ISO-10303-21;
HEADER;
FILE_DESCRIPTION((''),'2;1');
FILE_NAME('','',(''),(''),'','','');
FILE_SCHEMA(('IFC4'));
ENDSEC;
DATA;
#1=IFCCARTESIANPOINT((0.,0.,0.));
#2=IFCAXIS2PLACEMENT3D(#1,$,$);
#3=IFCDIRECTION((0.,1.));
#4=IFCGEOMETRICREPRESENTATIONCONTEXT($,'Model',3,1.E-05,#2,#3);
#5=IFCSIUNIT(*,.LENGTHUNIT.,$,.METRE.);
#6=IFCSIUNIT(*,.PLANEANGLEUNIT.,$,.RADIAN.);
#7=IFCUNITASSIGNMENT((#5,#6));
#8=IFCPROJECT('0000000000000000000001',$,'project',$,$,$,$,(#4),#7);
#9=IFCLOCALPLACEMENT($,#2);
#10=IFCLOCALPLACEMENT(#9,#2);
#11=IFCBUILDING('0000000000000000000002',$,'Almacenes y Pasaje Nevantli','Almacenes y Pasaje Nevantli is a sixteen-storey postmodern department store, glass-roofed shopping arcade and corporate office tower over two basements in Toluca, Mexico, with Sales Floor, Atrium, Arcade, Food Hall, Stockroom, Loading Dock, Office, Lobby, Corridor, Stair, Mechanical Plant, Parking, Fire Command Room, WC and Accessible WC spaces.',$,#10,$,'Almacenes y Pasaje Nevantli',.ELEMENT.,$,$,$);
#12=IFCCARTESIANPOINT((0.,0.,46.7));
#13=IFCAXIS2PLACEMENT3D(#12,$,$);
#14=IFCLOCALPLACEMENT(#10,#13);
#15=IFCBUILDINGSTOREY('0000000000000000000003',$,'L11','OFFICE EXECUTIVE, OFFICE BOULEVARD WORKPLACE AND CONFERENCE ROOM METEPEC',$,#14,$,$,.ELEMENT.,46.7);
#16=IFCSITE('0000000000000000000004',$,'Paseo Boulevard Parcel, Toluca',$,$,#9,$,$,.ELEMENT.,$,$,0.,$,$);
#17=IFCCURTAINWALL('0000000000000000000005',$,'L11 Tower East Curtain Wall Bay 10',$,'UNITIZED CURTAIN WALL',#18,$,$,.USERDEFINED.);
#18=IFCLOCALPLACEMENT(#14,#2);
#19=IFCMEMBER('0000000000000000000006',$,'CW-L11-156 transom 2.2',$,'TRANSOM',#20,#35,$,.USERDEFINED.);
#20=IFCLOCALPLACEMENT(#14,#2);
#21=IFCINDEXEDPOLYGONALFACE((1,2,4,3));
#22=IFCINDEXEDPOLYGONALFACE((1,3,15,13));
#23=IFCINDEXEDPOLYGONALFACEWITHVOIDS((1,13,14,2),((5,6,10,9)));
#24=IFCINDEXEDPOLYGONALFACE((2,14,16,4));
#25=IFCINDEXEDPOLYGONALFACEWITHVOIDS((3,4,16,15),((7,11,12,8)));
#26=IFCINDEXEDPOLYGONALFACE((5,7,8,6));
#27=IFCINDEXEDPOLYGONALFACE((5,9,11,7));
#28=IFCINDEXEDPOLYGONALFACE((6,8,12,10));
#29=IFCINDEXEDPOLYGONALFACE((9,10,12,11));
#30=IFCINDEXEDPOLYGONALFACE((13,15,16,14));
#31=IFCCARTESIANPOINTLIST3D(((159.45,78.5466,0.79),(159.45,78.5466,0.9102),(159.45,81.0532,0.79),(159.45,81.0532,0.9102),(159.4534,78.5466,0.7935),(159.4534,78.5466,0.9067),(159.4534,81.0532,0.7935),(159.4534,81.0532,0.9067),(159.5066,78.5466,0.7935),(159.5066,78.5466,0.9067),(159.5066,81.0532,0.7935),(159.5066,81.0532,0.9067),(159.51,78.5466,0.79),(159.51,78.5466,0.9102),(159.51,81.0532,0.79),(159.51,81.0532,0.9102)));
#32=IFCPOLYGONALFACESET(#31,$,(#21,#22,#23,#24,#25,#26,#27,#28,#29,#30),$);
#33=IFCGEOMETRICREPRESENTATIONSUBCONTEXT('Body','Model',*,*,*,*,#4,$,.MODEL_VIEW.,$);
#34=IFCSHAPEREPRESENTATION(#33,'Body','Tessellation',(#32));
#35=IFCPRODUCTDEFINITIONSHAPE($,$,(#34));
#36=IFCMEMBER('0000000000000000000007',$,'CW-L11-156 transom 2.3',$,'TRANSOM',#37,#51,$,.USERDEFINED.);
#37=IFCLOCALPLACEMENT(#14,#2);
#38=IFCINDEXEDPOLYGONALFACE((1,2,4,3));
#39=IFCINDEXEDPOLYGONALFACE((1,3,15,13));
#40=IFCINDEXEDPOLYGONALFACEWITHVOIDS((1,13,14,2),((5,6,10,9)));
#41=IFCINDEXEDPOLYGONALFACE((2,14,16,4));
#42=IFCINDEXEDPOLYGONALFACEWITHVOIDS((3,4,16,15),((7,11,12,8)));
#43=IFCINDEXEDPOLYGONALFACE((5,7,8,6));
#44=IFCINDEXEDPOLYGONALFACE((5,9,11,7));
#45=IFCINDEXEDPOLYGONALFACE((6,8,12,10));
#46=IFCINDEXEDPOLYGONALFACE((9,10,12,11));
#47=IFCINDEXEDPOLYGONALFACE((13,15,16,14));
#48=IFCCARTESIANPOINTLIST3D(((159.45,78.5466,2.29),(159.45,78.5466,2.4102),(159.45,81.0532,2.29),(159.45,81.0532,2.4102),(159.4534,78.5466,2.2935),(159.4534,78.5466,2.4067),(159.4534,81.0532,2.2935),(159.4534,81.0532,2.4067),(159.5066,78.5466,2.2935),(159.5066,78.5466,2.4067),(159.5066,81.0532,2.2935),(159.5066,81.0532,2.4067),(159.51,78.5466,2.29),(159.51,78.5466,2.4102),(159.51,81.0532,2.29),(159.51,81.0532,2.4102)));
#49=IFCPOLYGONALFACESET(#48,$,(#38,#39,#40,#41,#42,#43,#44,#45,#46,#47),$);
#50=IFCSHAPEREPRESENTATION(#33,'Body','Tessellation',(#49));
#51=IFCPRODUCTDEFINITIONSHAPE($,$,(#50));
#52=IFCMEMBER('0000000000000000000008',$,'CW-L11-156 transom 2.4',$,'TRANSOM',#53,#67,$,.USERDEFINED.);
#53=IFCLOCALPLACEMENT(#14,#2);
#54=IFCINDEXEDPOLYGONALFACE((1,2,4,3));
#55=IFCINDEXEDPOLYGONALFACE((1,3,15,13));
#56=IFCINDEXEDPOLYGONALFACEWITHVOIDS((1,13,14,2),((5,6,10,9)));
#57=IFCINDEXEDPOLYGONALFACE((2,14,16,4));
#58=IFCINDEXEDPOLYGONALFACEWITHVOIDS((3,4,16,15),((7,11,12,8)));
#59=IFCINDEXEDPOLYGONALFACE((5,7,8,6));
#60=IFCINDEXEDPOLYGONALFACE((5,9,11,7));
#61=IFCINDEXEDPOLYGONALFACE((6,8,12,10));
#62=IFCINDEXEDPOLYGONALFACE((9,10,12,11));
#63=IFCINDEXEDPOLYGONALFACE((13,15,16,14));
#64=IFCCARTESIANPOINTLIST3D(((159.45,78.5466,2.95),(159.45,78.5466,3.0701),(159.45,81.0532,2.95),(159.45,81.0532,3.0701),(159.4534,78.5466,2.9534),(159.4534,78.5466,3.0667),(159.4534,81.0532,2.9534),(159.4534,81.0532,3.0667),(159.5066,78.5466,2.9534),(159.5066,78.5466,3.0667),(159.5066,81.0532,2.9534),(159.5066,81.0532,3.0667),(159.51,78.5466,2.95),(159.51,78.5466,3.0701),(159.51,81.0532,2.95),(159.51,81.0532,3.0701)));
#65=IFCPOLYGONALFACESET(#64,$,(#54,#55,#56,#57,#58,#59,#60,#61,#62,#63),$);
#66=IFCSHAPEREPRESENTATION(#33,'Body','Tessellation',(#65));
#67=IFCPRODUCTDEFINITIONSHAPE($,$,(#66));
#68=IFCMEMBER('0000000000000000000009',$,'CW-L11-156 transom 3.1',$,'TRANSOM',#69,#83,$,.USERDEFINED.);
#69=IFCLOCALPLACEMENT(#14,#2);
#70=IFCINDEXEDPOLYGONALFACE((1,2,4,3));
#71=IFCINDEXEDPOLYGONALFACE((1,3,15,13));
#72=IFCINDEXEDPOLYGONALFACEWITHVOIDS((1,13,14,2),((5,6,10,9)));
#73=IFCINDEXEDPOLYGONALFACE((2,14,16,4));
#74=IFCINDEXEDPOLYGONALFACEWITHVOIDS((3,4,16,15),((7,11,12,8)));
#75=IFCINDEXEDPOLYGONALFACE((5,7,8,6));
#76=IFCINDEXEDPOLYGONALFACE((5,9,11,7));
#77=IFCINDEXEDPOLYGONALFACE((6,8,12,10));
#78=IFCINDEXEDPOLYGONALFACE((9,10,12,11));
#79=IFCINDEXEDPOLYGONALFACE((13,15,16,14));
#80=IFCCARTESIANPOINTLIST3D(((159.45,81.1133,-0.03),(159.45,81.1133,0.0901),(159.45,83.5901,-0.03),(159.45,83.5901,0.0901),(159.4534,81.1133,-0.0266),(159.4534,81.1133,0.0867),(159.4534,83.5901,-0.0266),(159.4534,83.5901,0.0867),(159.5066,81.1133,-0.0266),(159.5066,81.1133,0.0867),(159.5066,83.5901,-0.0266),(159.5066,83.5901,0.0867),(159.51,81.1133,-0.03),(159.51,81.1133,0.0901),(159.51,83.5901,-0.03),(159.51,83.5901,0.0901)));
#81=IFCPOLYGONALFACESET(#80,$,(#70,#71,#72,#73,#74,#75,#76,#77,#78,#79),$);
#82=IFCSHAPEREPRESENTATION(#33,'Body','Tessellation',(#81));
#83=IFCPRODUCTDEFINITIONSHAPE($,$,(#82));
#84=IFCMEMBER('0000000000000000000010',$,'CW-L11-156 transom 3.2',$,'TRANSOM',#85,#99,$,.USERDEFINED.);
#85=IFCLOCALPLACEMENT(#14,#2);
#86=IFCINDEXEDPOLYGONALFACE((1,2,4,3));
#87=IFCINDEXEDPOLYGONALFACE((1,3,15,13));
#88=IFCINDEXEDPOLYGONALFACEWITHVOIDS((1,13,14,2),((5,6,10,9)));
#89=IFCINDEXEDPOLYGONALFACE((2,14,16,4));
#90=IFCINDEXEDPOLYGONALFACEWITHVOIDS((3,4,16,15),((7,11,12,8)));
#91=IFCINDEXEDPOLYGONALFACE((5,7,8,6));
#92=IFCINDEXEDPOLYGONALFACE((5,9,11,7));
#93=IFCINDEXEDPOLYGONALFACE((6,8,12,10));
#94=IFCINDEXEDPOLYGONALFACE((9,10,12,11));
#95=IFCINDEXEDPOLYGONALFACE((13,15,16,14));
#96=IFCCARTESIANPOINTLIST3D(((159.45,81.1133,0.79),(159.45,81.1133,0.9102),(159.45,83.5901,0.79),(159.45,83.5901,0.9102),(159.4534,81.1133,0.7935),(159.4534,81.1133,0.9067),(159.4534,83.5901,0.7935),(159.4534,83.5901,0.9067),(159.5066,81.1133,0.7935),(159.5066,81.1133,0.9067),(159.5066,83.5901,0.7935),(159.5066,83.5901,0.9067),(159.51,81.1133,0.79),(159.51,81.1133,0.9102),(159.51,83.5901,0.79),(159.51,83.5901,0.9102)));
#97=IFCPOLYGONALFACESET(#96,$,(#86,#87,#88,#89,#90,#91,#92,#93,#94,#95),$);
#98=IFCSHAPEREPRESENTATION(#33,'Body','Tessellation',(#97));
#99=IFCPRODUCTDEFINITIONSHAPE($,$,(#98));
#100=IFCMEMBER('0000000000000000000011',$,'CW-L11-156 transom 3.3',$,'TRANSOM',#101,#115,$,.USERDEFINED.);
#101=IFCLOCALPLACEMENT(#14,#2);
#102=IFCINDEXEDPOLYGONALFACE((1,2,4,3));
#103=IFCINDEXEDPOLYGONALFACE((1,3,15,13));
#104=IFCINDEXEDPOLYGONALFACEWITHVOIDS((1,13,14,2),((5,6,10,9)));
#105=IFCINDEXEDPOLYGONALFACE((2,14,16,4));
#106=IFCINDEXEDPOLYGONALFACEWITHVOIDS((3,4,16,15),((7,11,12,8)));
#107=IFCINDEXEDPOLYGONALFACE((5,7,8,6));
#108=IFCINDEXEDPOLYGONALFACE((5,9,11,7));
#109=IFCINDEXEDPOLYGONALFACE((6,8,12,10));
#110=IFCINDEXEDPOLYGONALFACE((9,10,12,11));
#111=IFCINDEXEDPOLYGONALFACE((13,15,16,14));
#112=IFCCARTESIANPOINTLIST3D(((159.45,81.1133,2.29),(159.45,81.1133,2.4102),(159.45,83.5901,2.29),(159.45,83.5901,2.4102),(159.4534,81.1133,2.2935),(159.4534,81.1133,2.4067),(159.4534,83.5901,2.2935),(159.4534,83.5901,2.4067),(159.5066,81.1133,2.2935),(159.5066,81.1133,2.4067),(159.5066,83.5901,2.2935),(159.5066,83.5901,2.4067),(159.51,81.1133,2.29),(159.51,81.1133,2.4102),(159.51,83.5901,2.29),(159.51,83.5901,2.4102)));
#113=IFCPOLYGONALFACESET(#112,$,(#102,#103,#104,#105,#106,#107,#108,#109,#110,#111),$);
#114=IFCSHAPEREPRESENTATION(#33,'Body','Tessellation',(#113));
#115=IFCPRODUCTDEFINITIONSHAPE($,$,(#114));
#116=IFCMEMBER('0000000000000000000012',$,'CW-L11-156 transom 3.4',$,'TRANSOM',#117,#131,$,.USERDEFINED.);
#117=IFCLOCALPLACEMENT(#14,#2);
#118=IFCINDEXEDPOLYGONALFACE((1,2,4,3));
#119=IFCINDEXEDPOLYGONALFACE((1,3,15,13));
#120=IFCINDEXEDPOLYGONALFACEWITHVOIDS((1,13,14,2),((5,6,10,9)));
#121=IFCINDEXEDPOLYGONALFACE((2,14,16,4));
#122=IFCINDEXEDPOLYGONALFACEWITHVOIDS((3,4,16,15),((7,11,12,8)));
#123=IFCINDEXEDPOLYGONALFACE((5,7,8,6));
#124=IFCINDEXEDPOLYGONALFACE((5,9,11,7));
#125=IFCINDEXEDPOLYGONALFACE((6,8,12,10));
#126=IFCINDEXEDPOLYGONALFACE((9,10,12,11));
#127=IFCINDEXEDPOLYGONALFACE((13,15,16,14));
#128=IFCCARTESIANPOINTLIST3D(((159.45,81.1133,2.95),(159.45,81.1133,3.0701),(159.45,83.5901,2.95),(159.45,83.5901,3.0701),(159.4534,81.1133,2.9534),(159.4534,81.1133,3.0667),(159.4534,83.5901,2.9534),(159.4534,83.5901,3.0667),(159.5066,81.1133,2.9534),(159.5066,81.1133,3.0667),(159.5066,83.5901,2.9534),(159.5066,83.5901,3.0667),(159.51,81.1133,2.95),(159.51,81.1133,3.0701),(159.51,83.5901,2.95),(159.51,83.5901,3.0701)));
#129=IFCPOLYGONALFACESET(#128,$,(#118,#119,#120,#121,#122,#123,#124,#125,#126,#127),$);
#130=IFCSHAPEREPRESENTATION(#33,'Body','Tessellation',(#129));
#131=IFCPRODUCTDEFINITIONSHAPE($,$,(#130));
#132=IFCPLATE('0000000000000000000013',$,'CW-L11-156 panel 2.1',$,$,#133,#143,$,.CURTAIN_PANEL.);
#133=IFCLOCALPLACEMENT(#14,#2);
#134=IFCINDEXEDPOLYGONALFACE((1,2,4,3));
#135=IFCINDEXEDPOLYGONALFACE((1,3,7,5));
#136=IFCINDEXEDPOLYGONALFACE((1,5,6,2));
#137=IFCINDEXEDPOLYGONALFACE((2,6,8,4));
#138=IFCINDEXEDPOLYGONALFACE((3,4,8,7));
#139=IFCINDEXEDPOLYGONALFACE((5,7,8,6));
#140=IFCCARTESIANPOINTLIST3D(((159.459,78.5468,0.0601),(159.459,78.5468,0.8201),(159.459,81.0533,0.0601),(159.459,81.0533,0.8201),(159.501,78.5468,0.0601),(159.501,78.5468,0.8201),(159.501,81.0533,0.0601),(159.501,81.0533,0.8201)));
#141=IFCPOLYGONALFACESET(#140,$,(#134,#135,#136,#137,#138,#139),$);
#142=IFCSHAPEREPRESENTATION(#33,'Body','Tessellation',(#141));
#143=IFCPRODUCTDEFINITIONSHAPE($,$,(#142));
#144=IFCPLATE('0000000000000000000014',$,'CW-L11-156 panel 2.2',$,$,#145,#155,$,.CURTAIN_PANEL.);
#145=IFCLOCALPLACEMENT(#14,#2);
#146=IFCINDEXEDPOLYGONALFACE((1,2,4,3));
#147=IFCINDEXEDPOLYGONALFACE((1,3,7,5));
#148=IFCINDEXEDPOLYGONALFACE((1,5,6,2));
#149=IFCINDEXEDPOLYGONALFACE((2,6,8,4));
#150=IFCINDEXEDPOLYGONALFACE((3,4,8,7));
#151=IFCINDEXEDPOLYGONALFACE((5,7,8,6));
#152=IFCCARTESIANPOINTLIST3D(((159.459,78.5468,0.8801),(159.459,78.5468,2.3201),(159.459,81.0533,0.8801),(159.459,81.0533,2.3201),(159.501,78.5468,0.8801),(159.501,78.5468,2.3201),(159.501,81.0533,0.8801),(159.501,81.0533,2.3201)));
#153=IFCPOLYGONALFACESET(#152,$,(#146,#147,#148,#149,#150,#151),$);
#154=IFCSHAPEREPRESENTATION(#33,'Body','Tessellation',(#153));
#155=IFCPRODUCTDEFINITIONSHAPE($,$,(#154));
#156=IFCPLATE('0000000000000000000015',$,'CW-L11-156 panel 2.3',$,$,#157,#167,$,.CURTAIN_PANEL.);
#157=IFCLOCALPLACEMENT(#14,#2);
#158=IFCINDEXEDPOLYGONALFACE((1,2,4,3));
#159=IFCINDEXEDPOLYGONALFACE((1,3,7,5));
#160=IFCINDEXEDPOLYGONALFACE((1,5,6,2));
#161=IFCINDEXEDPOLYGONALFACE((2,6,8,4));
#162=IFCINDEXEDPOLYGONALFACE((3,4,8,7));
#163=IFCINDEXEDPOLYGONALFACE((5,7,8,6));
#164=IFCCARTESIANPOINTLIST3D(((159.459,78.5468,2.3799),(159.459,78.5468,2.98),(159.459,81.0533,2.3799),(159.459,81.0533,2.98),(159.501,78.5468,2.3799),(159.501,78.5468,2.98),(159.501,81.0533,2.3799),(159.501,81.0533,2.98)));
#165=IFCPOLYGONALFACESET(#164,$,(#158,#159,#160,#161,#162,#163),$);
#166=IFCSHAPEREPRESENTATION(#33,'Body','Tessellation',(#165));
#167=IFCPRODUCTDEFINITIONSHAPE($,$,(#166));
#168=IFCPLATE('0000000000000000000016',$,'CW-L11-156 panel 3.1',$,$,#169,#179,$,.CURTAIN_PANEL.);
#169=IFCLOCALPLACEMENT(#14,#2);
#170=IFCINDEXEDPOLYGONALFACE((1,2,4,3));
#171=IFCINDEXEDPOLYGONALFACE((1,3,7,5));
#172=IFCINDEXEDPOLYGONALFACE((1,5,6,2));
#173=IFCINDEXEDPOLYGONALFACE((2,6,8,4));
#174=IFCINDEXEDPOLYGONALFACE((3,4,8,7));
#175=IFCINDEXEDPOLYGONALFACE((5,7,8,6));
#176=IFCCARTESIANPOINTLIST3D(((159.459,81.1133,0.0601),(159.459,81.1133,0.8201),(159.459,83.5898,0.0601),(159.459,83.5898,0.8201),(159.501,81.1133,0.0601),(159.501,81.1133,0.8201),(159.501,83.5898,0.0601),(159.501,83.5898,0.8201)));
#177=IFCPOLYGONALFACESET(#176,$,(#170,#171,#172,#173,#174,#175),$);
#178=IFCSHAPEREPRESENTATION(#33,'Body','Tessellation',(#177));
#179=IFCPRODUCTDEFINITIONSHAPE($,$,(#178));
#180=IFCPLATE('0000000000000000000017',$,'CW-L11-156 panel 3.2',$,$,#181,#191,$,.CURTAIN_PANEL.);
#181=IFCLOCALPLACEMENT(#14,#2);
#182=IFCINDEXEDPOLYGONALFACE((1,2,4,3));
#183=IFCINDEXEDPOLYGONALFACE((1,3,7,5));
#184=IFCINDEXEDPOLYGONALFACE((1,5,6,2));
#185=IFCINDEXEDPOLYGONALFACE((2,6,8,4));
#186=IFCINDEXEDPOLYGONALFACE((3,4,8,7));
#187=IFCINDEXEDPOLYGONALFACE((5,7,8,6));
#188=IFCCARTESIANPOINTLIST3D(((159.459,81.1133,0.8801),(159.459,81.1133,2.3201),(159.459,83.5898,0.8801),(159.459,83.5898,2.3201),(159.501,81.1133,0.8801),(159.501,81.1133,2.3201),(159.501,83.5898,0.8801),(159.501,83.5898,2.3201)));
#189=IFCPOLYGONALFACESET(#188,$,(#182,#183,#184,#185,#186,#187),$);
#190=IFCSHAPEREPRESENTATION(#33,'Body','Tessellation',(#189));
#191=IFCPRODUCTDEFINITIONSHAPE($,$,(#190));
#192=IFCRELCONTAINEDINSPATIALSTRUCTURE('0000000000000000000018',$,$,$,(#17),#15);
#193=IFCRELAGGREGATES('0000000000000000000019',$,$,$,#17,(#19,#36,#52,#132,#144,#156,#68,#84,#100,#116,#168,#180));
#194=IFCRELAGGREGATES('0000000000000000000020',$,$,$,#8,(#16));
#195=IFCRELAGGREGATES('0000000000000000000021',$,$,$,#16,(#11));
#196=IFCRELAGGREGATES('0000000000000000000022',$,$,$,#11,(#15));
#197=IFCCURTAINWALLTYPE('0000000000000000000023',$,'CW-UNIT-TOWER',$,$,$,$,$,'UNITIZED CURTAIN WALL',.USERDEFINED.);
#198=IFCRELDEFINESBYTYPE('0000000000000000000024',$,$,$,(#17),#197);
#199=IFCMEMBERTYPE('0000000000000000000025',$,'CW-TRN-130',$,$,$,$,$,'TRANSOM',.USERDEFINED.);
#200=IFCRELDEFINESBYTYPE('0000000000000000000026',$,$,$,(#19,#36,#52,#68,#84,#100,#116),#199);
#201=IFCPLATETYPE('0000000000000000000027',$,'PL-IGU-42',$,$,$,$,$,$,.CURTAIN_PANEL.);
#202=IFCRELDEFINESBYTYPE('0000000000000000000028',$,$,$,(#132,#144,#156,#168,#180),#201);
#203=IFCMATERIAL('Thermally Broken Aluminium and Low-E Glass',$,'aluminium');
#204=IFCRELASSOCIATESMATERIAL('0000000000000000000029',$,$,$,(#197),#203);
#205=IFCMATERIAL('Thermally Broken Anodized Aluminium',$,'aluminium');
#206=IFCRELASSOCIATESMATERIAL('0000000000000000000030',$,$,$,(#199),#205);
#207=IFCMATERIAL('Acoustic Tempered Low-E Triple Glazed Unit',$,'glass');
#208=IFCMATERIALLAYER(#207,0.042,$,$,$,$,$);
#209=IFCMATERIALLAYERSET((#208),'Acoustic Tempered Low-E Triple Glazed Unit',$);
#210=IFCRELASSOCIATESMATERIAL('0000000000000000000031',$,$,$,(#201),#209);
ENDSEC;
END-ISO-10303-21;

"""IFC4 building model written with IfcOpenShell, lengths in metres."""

from ifc_helpers import new_model, si_unit, direction, frame, origin, origin_2d, place, context, subcontext, project, spatial, rectangle, hollow_rectangle, extrude, material, layer, layer_set, material_profile, profile_set, type_object, element, aggregate, save


model = new_model("IFC4")

# Units and contexts
model_context = context("Model", 3, precision=1e-05, world=origin(), true_north=direction((0.0, 1.0)))
body_context = subcontext(model_context, "Body", "Model", "MODEL_VIEW")
ifc_project = project(units=[si_unit("LENGTHUNIT", "METRE"), si_unit("PLANEANGLEUNIT", "RADIAN")], contexts=[model_context])

# Site, building, storey
site_placement = place(None, origin())
site = spatial("IfcSite", under=ifc_project, at=site_placement, Name="Paseo Boulevard Parcel, Toluca", CompositionType="ELEMENT", RefElevation=0.0)
building_placement = place(site_placement, origin())
building = spatial("IfcBuilding", under=site, at=building_placement, Name="Almacenes y Pasaje Nevantli", Description="Almacenes y Pasaje Nevantli is a sixteen-storey postmodern department store, glass-roofed shopping arcade and corporate office tower over two basements in Toluca, Mexico, with Sales Floor, Atrium, Arcade, Food Hall, Stockroom, Loading Dock, Office, Lobby, Corridor, Stair, Mechanical Plant, Parking, Fire Command Room, WC and Accessible WC spaces.", LongName="Almacenes y Pasaje Nevantli", CompositionType="ELEMENT")
storey_placement = place(building_placement, frame((0.0, 0.0, 46.7)))
storey = spatial("IfcBuildingStorey", under=building, at=storey_placement, Name="L11", Description="OFFICE EXECUTIVE, OFFICE BOULEVARD WORKPLACE AND CONFERENCE ROOM METEPEC", CompositionType="ELEMENT", Elevation=46.7)

# Curtain wall, members, plates
ifc_material_1 = material(Name="Thermally Broken Aluminium and Low-E Glass", Category="aluminium")
curtain_wall_type = type_object("IfcCurtainWallType", Name="CW-UNIT-TOWER", ElementType="UNITIZED CURTAIN WALL", PredefinedType="USERDEFINED", material=ifc_material_1)
curtain_wall_placement = place(storey_placement, origin())
curtain_wall = element("IfcCurtainWall", 1, at=curtain_wall_placement, inside=storey, type_object=curtain_wall_type, Name="L11 Tower East Curtain Wall Bay 10", ObjectType="UNITIZED CURTAIN WALL", PredefinedType="USERDEFINED")
ifc_material_2 = material(Name="Thermally Broken Anodized Aluminium", Category="aluminium")
ifc_material_profile_1 = material_profile(ifc_material_2, hollow_rectangle(XDim=0.0601, YDim=0.1201, WallThickness=0.0034, at=origin_2d()), Name="ALU-TRN-60x120")
ifc_profile_set_1 = profile_set([ifc_material_profile_1], Name="Thermally Broken Anodized Aluminium")
member_type_1 = type_object("IfcMemberType", Name="CW-TRN-130", ElementType="TRANSOM", PredefinedType="USERDEFINED", material=ifc_profile_set_1)
member_1_placement = place(storey_placement, frame((159.48, 78.5466, 0.8501), z_axis=(0.0, 1.0, 0.0), x_axis=(-1.0, 0.0, 0.0)))
member_1 = element("IfcMember", 2, at=member_1_placement, type_object=member_type_1, Name="CW-L11-156 transom 2.2", ObjectType="TRANSOM", PredefinedType="USERDEFINED", context=body_context, shape_type="SweptSolid", body=[
    extrude(hollow_rectangle(XDim=0.0601, YDim=0.1201, WallThickness=0.0034, at=origin_2d()), origin(), (0.0, 0.0, 1.0), 2.5066),
])
member_2_placement = place(storey_placement, frame((159.48, 78.5466, 2.3501), z_axis=(0.0, 1.0, 0.0), x_axis=(-1.0, 0.0, 0.0)))
member_2 = element("IfcMember", 3, at=member_2_placement, type_object=member_type_1, Name="CW-L11-156 transom 2.3", ObjectType="TRANSOM", PredefinedType="USERDEFINED", context=body_context, shape_type="SweptSolid", body=[
    extrude(hollow_rectangle(XDim=0.0601, YDim=0.1201, WallThickness=0.0034, at=origin_2d()), origin(), (0.0, 0.0, 1.0), 2.5066),
])
member_3_placement = place(storey_placement, frame((159.48, 78.5466, 3.01), z_axis=(0.0, 1.0, 0.0), x_axis=(-1.0, 0.0, 0.0)))
member_3 = element("IfcMember", 4, at=member_3_placement, type_object=member_type_1, Name="CW-L11-156 transom 2.4", ObjectType="TRANSOM", PredefinedType="USERDEFINED", context=body_context, shape_type="SweptSolid", body=[
    extrude(hollow_rectangle(XDim=0.0601, YDim=0.1201, WallThickness=0.0034, at=origin_2d()), origin(), (0.0, 0.0, 1.0), 2.5066),
])
member_4_placement = place(storey_placement, frame((159.48, 81.1133, 0.03), z_axis=(0.0, 1.0, 0.0), x_axis=(-1.0, 0.0, 0.0)))
member_4 = element("IfcMember", 5, at=member_4_placement, type_object=member_type_1, Name="CW-L11-156 transom 3.1", ObjectType="TRANSOM", PredefinedType="USERDEFINED", context=body_context, shape_type="SweptSolid", body=[
    extrude(hollow_rectangle(XDim=0.0601, YDim=0.1201, WallThickness=0.0034, at=origin_2d()), origin(), (0.0, 0.0, 1.0), 2.4768),
])
member_5_placement = place(storey_placement, frame((159.48, 81.1133, 0.8501), z_axis=(0.0, 1.0, 0.0), x_axis=(-1.0, 0.0, 0.0)))
member_5 = element("IfcMember", 6, at=member_5_placement, type_object=member_type_1, Name="CW-L11-156 transom 3.2", ObjectType="TRANSOM", PredefinedType="USERDEFINED", context=body_context, shape_type="SweptSolid", body=[
    extrude(hollow_rectangle(XDim=0.0601, YDim=0.1201, WallThickness=0.0034, at=origin_2d()), origin(), (0.0, 0.0, 1.0), 2.4768),
])
member_6_placement = place(storey_placement, frame((159.48, 81.1133, 2.3501), z_axis=(0.0, 1.0, 0.0), x_axis=(-1.0, 0.0, 0.0)))
member_6 = element("IfcMember", 7, at=member_6_placement, type_object=member_type_1, Name="CW-L11-156 transom 3.3", ObjectType="TRANSOM", PredefinedType="USERDEFINED", context=body_context, shape_type="SweptSolid", body=[
    extrude(hollow_rectangle(XDim=0.0601, YDim=0.1201, WallThickness=0.0034, at=origin_2d()), origin(), (0.0, 0.0, 1.0), 2.4768),
])
member_7_placement = place(storey_placement, frame((159.48, 81.1133, 3.01), z_axis=(0.0, 1.0, 0.0), x_axis=(-1.0, 0.0, 0.0)))
member_7 = element("IfcMember", 8, at=member_7_placement, type_object=member_type_1, Name="CW-L11-156 transom 3.4", ObjectType="TRANSOM", PredefinedType="USERDEFINED", context=body_context, shape_type="SweptSolid", body=[
    extrude(hollow_rectangle(XDim=0.0601, YDim=0.1201, WallThickness=0.0034, at=origin_2d()), origin(), (0.0, 0.0, 1.0), 2.4768),
])
ifc_material_3 = material(Name="Acoustic Tempered Low-E Triple Glazed Unit", Category="glass")
ifc_layer_1 = layer(ifc_material_3, 0.042)
ifc_layer_set_1 = layer_set([ifc_layer_1], Name="Acoustic Tempered Low-E Triple Glazed Unit")
plate_type = type_object("IfcPlateType", Name="PL-IGU-42", PredefinedType="CURTAIN_PANEL", material=ifc_layer_set_1)
plate_1_placement = place(storey_placement, frame((159.48, 79.8, 0.0601), z_axis=(0.0, 0.0, 1.0), x_axis=(0.0, 1.0, 0.0)))
plate_1 = element("IfcPlate", 9, at=plate_1_placement, type_object=plate_type, Name="CW-L11-156 panel 2.1", PredefinedType="CURTAIN_PANEL", context=body_context, shape_type="SweptSolid", body=[
    extrude(rectangle(XDim=2.5066, YDim=0.042, at=origin_2d()), origin(), (0.0, 0.0, 1.0), 0.76),
])
plate_2_placement = place(storey_placement, frame((159.48, 79.8, 0.8801), z_axis=(0.0, 0.0, 1.0), x_axis=(0.0, 1.0, 0.0)))
plate_2 = element("IfcPlate", 10, at=plate_2_placement, type_object=plate_type, Name="CW-L11-156 panel 2.2", PredefinedType="CURTAIN_PANEL", context=body_context, shape_type="SweptSolid", body=[
    extrude(rectangle(XDim=2.5066, YDim=0.042, at=origin_2d()), origin(), (0.0, 0.0, 1.0), 1.4399),
])
plate_3_placement = place(storey_placement, frame((159.48, 79.8, 2.3799), z_axis=(0.0, 0.0, 1.0), x_axis=(0.0, 1.0, 0.0)))
plate_3 = element("IfcPlate", 11, at=plate_3_placement, type_object=plate_type, Name="CW-L11-156 panel 2.3", PredefinedType="CURTAIN_PANEL", context=body_context, shape_type="SweptSolid", body=[
    extrude(rectangle(XDim=2.5066, YDim=0.042, at=origin_2d()), origin(), (0.0, 0.0, 1.0), 0.6001),
])
plate_4_placement = place(storey_placement, frame((159.48, 82.3516, 0.0601), z_axis=(0.0, 0.0, 1.0), x_axis=(0.0, 1.0, 0.0)))
plate_4 = element("IfcPlate", 12, at=plate_4_placement, type_object=plate_type, Name="CW-L11-156 panel 3.1", PredefinedType="CURTAIN_PANEL", context=body_context, shape_type="SweptSolid", body=[
    extrude(rectangle(XDim=2.4766, YDim=0.042, at=origin_2d()), origin(), (0.0, 0.0, 1.0), 0.76),
])
plate_5_placement = place(storey_placement, frame((159.48, 82.3516, 0.8801), z_axis=(0.0, 0.0, 1.0), x_axis=(0.0, 1.0, 0.0)))
plate_5 = element("IfcPlate", 13, at=plate_5_placement, type_object=plate_type, Name="CW-L11-156 panel 3.2", PredefinedType="CURTAIN_PANEL", context=body_context, shape_type="SweptSolid", body=[
    extrude(rectangle(XDim=2.4766, YDim=0.042, at=origin_2d()), origin(), (0.0, 0.0, 1.0), 1.4399),
])
aggregate(curtain_wall, [member_1, member_2, member_3, plate_1, plate_2, plate_3, member_4, member_5, member_6, member_7, plate_4, plate_5])

save(model, "model.ifc")
